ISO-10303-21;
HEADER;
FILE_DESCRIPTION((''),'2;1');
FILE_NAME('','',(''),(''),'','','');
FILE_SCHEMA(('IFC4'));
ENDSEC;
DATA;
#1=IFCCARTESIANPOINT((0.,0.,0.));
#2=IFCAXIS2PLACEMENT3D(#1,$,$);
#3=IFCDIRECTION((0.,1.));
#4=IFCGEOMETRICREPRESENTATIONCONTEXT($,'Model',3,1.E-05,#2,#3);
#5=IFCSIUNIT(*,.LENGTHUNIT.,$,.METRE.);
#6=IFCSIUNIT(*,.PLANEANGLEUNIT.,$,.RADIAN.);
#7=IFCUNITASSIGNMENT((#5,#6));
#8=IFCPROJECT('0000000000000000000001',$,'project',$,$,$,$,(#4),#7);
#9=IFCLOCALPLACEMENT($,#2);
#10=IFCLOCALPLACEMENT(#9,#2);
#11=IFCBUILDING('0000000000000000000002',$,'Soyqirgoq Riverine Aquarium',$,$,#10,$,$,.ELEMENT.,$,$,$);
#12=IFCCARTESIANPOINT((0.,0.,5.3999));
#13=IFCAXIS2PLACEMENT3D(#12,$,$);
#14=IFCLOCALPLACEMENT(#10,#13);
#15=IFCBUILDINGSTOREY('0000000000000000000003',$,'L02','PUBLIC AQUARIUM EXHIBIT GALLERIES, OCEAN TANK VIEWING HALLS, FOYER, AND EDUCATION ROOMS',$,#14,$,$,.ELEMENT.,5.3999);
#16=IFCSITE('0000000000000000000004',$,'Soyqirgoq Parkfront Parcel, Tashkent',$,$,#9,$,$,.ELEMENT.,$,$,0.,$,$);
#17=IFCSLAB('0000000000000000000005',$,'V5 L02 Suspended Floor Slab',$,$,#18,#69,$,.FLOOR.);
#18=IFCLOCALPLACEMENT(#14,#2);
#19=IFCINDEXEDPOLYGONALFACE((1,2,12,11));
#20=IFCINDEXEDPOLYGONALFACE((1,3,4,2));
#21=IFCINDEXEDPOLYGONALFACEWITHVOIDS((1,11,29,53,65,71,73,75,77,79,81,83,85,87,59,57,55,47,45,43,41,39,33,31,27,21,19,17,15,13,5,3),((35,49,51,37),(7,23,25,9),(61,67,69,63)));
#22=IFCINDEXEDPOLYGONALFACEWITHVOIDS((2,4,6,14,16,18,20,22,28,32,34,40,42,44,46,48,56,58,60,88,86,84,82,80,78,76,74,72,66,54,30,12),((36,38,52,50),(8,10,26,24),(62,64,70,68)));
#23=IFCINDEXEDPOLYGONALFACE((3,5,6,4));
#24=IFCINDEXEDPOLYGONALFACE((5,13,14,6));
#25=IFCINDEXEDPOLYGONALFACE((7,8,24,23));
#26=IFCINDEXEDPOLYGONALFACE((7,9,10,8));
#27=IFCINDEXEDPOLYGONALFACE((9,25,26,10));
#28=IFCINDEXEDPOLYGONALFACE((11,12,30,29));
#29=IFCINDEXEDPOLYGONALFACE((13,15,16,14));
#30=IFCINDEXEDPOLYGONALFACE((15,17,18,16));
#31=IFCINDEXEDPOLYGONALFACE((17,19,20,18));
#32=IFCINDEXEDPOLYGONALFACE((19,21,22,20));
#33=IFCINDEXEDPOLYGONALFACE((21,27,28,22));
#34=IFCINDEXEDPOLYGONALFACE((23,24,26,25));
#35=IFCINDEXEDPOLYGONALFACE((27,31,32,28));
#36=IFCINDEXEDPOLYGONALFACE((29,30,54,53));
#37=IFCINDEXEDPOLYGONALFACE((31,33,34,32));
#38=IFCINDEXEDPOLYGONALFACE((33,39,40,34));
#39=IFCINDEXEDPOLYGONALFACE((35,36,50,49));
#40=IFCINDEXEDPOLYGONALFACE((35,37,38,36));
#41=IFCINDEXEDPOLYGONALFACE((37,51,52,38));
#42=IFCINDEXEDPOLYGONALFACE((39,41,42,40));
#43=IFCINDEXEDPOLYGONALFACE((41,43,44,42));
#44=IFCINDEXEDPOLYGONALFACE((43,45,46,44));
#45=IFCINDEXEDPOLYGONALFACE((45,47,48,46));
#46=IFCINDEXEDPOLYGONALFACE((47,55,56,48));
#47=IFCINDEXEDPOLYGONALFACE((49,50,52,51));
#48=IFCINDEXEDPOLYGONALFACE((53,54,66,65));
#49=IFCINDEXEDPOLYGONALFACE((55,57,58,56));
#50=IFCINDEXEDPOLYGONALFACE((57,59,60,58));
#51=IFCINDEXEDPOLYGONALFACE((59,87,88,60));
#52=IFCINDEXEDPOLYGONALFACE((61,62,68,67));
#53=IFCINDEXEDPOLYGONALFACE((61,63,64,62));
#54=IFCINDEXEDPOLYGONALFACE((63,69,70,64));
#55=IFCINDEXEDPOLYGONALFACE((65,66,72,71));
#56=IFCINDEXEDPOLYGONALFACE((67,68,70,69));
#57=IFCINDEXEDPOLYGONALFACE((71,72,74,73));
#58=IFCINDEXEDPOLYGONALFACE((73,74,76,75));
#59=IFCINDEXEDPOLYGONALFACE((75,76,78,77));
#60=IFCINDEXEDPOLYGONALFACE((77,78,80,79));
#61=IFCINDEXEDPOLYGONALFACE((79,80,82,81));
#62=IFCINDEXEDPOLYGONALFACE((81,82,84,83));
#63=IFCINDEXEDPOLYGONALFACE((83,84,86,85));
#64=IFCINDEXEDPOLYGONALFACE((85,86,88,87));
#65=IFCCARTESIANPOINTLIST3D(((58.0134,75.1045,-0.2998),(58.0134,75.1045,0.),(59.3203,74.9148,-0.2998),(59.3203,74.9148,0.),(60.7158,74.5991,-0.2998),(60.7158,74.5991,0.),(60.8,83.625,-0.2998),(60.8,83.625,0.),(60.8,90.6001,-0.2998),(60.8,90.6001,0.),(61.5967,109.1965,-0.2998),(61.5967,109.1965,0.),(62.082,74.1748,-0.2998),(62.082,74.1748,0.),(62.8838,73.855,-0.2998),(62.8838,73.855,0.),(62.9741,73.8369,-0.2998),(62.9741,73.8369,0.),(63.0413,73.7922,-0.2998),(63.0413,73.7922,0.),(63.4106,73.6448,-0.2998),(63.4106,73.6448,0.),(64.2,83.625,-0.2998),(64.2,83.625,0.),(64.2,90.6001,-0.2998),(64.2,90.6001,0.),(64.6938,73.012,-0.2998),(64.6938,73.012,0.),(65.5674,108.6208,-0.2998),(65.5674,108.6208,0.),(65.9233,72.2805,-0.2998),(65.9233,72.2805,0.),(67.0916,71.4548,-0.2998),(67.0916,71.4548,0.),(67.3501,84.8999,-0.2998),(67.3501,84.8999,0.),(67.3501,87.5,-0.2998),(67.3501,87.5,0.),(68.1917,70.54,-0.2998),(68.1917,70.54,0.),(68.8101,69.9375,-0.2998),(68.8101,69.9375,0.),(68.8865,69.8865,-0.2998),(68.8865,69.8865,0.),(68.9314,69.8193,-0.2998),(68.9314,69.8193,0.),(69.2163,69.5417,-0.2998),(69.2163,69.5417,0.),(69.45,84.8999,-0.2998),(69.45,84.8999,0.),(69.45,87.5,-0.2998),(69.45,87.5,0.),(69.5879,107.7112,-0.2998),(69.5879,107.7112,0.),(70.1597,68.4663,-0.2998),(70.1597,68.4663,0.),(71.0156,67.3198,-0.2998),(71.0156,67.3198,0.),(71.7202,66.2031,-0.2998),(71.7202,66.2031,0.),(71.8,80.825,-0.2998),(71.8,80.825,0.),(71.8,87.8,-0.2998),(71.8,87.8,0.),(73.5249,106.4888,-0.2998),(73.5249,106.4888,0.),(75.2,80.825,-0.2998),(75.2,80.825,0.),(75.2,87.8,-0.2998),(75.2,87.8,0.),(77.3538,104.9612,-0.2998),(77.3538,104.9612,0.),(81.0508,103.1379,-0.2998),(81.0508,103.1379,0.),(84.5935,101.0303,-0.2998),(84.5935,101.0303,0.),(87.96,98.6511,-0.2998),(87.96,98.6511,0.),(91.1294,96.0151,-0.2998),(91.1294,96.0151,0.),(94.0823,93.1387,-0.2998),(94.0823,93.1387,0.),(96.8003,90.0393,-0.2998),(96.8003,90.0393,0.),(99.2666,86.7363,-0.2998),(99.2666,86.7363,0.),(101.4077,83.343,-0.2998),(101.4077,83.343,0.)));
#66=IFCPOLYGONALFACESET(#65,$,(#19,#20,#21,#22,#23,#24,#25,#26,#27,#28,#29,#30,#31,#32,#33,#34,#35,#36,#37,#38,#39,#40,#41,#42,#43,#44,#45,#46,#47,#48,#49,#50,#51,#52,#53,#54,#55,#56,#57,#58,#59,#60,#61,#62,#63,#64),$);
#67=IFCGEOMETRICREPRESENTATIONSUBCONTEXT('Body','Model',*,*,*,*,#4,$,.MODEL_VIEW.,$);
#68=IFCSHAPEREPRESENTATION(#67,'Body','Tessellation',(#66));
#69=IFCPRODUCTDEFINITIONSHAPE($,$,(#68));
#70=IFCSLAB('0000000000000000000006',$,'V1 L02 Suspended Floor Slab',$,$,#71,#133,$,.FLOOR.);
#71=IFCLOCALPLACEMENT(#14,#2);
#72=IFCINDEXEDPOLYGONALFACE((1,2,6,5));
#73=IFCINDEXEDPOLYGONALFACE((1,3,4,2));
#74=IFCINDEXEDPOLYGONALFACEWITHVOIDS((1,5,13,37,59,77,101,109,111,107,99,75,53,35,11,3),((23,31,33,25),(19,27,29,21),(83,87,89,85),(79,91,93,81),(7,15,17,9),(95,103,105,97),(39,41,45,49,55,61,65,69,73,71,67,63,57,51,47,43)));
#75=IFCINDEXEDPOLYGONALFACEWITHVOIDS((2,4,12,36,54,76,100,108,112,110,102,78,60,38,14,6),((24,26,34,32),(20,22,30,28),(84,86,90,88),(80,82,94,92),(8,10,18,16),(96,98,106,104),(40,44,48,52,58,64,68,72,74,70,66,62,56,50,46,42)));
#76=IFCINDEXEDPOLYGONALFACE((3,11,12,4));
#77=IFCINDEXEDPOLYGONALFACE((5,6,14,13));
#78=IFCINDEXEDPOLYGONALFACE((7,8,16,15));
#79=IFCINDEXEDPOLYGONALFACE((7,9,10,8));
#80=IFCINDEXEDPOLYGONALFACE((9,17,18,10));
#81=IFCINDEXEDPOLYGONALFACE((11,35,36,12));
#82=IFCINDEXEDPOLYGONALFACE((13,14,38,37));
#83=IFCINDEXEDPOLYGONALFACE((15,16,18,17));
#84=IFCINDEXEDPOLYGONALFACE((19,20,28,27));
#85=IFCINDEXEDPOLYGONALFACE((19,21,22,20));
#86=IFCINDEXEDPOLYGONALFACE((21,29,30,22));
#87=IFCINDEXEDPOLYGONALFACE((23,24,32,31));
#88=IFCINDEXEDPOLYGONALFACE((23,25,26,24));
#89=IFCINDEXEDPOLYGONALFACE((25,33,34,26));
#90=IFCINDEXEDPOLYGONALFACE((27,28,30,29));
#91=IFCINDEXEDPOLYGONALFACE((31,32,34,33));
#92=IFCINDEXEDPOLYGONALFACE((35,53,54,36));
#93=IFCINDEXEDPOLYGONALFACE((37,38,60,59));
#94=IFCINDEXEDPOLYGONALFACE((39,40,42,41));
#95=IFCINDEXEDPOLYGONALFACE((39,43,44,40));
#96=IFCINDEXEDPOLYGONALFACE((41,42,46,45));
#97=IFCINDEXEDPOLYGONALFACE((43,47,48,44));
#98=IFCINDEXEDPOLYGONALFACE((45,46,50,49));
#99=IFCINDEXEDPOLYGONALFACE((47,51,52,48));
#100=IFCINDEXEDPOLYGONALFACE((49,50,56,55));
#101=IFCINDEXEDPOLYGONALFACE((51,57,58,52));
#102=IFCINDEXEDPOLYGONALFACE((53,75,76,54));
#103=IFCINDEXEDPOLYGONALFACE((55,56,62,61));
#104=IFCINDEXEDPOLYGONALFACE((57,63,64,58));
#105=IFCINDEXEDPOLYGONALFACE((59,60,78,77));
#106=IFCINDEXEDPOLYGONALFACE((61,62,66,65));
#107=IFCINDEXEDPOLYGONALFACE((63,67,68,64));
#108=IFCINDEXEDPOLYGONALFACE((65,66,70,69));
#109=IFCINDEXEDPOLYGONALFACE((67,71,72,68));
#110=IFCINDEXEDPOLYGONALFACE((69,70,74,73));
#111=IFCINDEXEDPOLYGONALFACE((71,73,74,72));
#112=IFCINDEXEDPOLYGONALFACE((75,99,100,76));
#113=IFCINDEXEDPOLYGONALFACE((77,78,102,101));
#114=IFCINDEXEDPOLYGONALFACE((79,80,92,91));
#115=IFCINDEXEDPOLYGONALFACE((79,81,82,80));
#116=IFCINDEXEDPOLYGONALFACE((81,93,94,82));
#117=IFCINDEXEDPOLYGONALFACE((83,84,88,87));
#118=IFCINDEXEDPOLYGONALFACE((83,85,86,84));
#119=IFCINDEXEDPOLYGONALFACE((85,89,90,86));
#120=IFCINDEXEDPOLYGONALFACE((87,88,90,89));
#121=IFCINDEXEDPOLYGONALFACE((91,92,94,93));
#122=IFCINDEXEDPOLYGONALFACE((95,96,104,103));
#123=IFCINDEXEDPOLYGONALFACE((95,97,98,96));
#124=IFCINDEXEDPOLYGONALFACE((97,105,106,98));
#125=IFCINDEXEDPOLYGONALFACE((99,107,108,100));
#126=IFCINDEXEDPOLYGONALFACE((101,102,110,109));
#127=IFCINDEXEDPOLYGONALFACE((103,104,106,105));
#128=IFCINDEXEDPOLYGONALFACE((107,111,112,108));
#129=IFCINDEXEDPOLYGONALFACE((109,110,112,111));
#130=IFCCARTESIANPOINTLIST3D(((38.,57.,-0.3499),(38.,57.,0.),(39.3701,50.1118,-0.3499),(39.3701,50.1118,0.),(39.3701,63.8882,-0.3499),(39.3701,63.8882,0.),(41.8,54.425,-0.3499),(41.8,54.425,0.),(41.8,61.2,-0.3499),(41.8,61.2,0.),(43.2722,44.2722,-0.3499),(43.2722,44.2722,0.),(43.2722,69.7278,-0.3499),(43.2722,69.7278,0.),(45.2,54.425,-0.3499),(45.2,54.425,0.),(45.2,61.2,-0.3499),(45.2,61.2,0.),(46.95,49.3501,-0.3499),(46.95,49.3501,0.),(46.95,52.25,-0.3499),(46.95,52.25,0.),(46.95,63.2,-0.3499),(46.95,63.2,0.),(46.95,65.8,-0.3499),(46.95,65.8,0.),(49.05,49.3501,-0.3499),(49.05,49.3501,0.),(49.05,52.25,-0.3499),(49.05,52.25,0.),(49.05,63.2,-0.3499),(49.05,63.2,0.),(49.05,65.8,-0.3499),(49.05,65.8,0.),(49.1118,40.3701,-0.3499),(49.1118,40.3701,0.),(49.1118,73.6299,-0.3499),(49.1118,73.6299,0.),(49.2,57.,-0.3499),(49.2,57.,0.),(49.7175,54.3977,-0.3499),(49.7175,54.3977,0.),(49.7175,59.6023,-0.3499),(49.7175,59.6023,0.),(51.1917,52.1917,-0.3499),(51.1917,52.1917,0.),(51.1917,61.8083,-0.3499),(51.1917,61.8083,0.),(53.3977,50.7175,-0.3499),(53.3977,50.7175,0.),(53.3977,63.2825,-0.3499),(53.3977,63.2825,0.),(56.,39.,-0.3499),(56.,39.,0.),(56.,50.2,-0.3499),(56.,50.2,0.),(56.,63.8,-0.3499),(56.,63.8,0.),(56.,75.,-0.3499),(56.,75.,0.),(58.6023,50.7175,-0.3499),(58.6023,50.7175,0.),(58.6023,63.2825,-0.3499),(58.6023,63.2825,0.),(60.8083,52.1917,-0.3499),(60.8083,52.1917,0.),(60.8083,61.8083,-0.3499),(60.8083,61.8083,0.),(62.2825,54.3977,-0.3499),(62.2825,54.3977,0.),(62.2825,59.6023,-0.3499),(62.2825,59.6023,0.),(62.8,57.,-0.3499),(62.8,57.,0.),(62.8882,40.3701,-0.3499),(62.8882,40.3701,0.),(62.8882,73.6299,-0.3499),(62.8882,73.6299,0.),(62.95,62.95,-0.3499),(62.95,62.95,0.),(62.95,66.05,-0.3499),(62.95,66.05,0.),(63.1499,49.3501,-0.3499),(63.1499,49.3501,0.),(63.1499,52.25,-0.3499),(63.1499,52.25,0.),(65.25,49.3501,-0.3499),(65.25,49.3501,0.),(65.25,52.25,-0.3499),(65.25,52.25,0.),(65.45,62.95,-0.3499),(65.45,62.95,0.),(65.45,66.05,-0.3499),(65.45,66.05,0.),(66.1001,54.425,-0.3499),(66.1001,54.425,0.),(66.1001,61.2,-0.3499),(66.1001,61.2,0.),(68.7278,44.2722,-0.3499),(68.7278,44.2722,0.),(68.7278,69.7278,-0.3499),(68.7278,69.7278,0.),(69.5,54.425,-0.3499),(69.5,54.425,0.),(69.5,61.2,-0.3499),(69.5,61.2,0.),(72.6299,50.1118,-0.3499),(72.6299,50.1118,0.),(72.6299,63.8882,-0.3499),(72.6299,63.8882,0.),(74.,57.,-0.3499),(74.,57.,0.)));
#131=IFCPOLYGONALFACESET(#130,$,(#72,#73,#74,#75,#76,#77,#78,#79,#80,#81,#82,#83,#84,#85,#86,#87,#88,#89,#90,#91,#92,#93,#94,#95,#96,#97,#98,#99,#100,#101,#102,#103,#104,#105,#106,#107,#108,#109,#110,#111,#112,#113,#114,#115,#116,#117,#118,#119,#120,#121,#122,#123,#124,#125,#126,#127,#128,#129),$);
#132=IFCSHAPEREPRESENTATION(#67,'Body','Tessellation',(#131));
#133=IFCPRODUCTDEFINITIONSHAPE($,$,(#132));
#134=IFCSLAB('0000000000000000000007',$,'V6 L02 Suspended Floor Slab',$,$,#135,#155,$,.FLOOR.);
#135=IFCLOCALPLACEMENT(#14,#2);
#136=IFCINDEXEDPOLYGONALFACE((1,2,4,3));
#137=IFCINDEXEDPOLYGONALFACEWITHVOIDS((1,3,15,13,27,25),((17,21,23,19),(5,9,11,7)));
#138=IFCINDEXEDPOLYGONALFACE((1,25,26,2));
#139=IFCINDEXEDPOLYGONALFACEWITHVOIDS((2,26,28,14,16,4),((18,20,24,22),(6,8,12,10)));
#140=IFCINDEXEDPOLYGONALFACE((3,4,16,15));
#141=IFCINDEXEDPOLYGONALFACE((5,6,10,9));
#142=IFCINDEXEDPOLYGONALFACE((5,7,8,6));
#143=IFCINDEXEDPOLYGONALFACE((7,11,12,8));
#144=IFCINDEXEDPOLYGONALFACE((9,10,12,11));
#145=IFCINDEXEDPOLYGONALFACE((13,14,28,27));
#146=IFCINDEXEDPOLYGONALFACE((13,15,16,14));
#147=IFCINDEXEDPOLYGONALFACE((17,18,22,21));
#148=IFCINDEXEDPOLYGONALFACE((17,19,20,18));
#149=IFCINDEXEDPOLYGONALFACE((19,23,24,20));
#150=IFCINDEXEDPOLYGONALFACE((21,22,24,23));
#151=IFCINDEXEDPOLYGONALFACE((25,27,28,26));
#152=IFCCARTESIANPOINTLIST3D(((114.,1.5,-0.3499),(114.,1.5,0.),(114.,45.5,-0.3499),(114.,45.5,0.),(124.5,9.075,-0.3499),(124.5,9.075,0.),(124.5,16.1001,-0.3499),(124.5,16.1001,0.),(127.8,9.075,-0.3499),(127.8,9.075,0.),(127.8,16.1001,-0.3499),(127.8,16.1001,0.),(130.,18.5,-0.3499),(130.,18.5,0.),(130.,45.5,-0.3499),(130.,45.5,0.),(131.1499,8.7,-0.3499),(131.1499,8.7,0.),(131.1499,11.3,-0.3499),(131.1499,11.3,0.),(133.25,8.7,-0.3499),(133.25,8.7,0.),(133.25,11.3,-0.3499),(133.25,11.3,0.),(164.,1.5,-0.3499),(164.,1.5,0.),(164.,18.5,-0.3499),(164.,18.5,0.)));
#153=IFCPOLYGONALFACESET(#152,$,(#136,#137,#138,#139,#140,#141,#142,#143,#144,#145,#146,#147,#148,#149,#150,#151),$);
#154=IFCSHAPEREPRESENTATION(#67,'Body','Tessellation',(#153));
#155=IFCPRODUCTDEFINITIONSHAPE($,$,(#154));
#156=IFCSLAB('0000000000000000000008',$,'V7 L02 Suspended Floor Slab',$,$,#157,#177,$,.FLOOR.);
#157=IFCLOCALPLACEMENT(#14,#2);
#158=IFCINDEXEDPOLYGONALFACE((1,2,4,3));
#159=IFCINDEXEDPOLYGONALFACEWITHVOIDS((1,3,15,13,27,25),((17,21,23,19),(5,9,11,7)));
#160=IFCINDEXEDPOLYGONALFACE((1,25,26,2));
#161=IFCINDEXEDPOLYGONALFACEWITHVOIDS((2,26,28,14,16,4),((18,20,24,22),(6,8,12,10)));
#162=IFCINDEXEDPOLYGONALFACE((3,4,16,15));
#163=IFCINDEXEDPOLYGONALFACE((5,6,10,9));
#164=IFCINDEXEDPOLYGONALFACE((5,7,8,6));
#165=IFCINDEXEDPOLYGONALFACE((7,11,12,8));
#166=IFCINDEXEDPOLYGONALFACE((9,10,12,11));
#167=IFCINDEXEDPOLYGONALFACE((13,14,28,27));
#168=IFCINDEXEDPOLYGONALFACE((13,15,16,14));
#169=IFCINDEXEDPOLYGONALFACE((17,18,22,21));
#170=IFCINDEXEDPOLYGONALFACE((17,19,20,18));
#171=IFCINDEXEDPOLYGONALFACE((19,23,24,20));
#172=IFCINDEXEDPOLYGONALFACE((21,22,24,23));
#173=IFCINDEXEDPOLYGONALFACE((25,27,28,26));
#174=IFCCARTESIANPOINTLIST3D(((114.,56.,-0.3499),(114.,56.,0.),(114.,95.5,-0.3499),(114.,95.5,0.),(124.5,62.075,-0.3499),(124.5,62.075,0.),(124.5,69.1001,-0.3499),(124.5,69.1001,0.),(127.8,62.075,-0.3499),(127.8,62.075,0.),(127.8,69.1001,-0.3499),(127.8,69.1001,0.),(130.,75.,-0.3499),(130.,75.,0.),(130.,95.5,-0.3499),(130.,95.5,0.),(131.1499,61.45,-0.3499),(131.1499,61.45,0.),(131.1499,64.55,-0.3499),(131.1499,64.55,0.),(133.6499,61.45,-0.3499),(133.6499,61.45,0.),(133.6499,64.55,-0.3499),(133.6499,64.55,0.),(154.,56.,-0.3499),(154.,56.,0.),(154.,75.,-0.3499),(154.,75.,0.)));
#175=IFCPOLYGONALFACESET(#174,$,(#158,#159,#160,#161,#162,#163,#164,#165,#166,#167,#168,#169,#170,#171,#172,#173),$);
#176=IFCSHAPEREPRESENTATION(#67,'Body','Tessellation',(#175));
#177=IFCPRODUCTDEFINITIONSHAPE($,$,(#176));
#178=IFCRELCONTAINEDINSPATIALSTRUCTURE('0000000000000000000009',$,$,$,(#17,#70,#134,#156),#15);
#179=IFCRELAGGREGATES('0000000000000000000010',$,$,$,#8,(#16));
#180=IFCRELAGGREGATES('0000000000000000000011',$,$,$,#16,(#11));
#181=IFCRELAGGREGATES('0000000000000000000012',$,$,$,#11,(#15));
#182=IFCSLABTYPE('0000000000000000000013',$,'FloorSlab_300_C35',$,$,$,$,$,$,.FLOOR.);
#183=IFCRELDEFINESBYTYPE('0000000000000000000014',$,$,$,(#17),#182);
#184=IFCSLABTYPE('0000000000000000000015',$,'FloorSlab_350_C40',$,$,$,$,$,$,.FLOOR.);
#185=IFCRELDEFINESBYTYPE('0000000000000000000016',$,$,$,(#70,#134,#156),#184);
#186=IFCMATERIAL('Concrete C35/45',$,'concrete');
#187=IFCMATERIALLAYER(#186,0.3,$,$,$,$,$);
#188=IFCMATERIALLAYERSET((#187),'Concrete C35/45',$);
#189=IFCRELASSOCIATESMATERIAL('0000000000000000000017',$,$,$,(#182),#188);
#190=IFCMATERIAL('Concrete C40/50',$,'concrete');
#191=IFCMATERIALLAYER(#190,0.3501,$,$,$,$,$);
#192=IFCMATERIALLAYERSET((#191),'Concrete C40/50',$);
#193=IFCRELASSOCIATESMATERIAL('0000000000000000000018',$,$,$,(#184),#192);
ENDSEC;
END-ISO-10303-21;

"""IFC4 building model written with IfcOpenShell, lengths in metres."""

from ifc_helpers import new_model, si_unit, direction, frame, origin, place, context, subcontext, project, spatial, polyline, outline, extrude, material, layer, layer_set, type_object, element, save


model = new_model("IFC4")

# Units and contexts
model_context = context("Model", 3, precision=1e-05, world=origin(), true_north=direction((0.0, 1.0)))
body_context = subcontext(model_context, "Body", "Model", "MODEL_VIEW")
ifc_project = project(units=[si_unit("LENGTHUNIT", "METRE"), si_unit("PLANEANGLEUNIT", "RADIAN")], contexts=[model_context])

# Site, building, storey
site_placement = place(None, origin())
site = spatial("IfcSite", under=ifc_project, at=site_placement, Name="Soyqirgoq Parkfront Parcel, Tashkent", CompositionType="ELEMENT", RefElevation=0.0)
building_placement = place(site_placement, origin())
building = spatial("IfcBuilding", under=site, at=building_placement, Name="Soyqirgoq Riverine Aquarium", CompositionType="ELEMENT")
storey_placement = place(building_placement, frame((0.0, 0.0, 5.3999)))
storey = spatial("IfcBuildingStorey", under=building, at=storey_placement, Name="L02", Description="PUBLIC AQUARIUM EXHIBIT GALLERIES, OCEAN TANK VIEWING HALLS, FOYER, AND EDUCATION ROOMS", CompositionType="ELEMENT", Elevation=5.3999)

# Slabs
ifc_material_1 = material(Name="Concrete C35/45", Category="concrete")
ifc_layer_1 = layer(ifc_material_1, 0.3)
ifc_layer_set_1 = layer_set([ifc_layer_1], Name="Concrete C35/45")
slab_type_1 = type_object("IfcSlabType", Name="FloorSlab_300_C35", PredefinedType="FLOOR", material=ifc_layer_set_1)
slab_1_placement = place(storey_placement, frame((0.0, 0.0, -0.2998)))
element("IfcSlab", 1, at=slab_1_placement, inside=storey, type_object=slab_type_1, Name="V5 L02 Suspended Floor Slab", PredefinedType="FLOOR", context=body_context, shape_type="SweptSolid", body=[
    extrude(outline(polyline([(70.1597, 68.4663), (71.0156, 67.3198), (71.7202, 66.2031), (101.4077, 83.343), (99.2666, 86.7363), (96.8003, 90.0393), (94.0823, 93.1387), (91.1294, 96.0151), (87.96, 98.6511), (84.5935, 101.0303), (81.0508, 103.1379), (77.3538, 104.9612), (73.5249, 106.4888), (69.5879, 107.7112), (65.5674, 108.6208), (61.5967, 109.1965), (58.0134, 75.1045), (59.3203, 74.9148), (60.7158, 74.5991), (62.082, 74.1748), (62.8838, 73.855), (62.9741, 73.8369), (63.0413, 73.7922), (63.4106, 73.6448), (64.6938, 73.012), (65.9233, 72.2805), (67.0916, 71.4548), (68.1917, 70.54), (68.8101, 69.9375), (68.8865, 69.8865), (68.9314, 69.8193), (69.2163, 69.5417), (70.1597, 68.4663)]), holes=[polyline([(64.2, 83.625), (64.2, 90.6001), (60.8, 90.6001), (60.8, 83.625), (64.2, 83.625)]), polyline([(67.3501, 84.8999), (69.45, 84.8999), (69.45, 87.5), (67.3501, 87.5), (67.3501, 84.8999)]), polyline([(75.2, 80.825), (75.2, 87.8), (71.8, 87.8), (71.8, 80.825), (75.2, 80.825)])]), origin(), (0.0, 0.0, 1.0), 0.2998),
])
ifc_material_2 = material(Name="Concrete C40/50", Category="concrete")
ifc_layer_2 = layer(ifc_material_2, 0.3501)
ifc_layer_set_2 = layer_set([ifc_layer_2], Name="Concrete C40/50")
slab_type_2 = type_object("IfcSlabType", Name="FloorSlab_350_C40", PredefinedType="FLOOR", material=ifc_layer_set_2)
slab_2_placement = place(storey_placement, frame((0.0, 0.0, -0.3499)))
element("IfcSlab", 2, at=slab_2_placement, inside=storey, type_object=slab_type_2, Name="V1 L02 Suspended Floor Slab", PredefinedType="FLOOR", context=body_context, shape_type="SweptSolid", body=[
    extrude(outline(polyline([(74.0, 57.0), (72.6299, 63.8882), (68.7278, 69.7278), (62.8882, 73.6299), (56.0, 75.0), (49.1118, 73.6299), (43.2722, 69.7278), (39.3701, 63.8882), (38.0, 57.0), (39.3701, 50.1118), (43.2722, 44.2722), (49.1118, 40.3701), (56.0, 39.0), (62.8882, 40.3701), (68.7278, 44.2722), (72.6299, 50.1118), (74.0, 57.0)]), holes=[polyline([(69.5, 54.425), (69.5, 61.2), (66.1001, 61.2), (66.1001, 54.425), (69.5, 54.425)]), polyline([(63.1499, 49.3501), (65.25, 49.3501), (65.25, 52.25), (63.1499, 52.25), (63.1499, 49.3501)]), polyline([(62.95, 62.95), (65.45, 62.95), (65.45, 66.05), (62.95, 66.05), (62.95, 62.95)]), polyline([(45.2, 54.425), (45.2, 61.2), (41.8, 61.2), (41.8, 54.425), (45.2, 54.425)]), polyline([(46.95, 49.3501), (49.05, 49.3501), (49.05, 52.25), (46.95, 52.25), (46.95, 49.3501)]), polyline([(46.95, 63.2), (49.05, 63.2), (49.05, 65.8), (46.95, 65.8), (46.95, 63.2)]), polyline([(62.8, 57.0), (62.2825, 59.6023), (60.8083, 61.8083), (58.6023, 63.2825), (56.0, 63.8), (53.3977, 63.2825), (51.1917, 61.8083), (49.7175, 59.6023), (49.2, 57.0), (49.7175, 54.3977), (51.1917, 52.1917), (53.3977, 50.7175), (56.0, 50.2), (58.6023, 50.7175), (60.8083, 52.1917), (62.2825, 54.3977), (62.8, 57.0)])]), origin(), (0.0, 0.0, 1.0), 0.3499),
])
slab_3_placement = place(storey_placement, frame((0.0, 0.0, -0.3499)))
element("IfcSlab", 3, at=slab_3_placement, inside=storey, type_object=slab_type_2, Name="V6 L02 Suspended Floor Slab", PredefinedType="FLOOR", context=body_context, shape_type="SweptSolid", body=[
    extrude(outline(polyline([(114.0, 1.5), (164.0, 1.5), (164.0, 18.5), (130.0, 18.5), (130.0, 45.5), (114.0, 45.5), (114.0, 1.5)]), holes=[polyline([(127.8, 9.075), (127.8, 16.1001), (124.5, 16.1001), (124.5, 9.075), (127.8, 9.075)]), polyline([(131.1499, 8.7), (133.25, 8.7), (133.25, 11.3), (131.1499, 11.3), (131.1499, 8.7)])]), origin(), (0.0, 0.0, 1.0), 0.3499),
])
slab_4_placement = place(storey_placement, frame((0.0, 0.0, -0.3499)))
element("IfcSlab", 4, at=slab_4_placement, inside=storey, type_object=slab_type_2, Name="V7 L02 Suspended Floor Slab", PredefinedType="FLOOR", context=body_context, shape_type="SweptSolid", body=[
    extrude(outline(polyline([(114.0, 56.0), (154.0, 56.0), (154.0, 75.0), (130.0, 75.0), (130.0, 95.5), (114.0, 95.5), (114.0, 56.0)]), holes=[polyline([(127.8, 62.075), (127.8, 69.1001), (124.5, 69.1001), (124.5, 62.075), (127.8, 62.075)]), polyline([(131.1499, 61.45), (133.6499, 61.45), (133.6499, 64.55), (131.1499, 64.55), (131.1499, 61.45)])]), origin(), (0.0, 0.0, 1.0), 0.3499),
])

save(model, "model.ifc")
